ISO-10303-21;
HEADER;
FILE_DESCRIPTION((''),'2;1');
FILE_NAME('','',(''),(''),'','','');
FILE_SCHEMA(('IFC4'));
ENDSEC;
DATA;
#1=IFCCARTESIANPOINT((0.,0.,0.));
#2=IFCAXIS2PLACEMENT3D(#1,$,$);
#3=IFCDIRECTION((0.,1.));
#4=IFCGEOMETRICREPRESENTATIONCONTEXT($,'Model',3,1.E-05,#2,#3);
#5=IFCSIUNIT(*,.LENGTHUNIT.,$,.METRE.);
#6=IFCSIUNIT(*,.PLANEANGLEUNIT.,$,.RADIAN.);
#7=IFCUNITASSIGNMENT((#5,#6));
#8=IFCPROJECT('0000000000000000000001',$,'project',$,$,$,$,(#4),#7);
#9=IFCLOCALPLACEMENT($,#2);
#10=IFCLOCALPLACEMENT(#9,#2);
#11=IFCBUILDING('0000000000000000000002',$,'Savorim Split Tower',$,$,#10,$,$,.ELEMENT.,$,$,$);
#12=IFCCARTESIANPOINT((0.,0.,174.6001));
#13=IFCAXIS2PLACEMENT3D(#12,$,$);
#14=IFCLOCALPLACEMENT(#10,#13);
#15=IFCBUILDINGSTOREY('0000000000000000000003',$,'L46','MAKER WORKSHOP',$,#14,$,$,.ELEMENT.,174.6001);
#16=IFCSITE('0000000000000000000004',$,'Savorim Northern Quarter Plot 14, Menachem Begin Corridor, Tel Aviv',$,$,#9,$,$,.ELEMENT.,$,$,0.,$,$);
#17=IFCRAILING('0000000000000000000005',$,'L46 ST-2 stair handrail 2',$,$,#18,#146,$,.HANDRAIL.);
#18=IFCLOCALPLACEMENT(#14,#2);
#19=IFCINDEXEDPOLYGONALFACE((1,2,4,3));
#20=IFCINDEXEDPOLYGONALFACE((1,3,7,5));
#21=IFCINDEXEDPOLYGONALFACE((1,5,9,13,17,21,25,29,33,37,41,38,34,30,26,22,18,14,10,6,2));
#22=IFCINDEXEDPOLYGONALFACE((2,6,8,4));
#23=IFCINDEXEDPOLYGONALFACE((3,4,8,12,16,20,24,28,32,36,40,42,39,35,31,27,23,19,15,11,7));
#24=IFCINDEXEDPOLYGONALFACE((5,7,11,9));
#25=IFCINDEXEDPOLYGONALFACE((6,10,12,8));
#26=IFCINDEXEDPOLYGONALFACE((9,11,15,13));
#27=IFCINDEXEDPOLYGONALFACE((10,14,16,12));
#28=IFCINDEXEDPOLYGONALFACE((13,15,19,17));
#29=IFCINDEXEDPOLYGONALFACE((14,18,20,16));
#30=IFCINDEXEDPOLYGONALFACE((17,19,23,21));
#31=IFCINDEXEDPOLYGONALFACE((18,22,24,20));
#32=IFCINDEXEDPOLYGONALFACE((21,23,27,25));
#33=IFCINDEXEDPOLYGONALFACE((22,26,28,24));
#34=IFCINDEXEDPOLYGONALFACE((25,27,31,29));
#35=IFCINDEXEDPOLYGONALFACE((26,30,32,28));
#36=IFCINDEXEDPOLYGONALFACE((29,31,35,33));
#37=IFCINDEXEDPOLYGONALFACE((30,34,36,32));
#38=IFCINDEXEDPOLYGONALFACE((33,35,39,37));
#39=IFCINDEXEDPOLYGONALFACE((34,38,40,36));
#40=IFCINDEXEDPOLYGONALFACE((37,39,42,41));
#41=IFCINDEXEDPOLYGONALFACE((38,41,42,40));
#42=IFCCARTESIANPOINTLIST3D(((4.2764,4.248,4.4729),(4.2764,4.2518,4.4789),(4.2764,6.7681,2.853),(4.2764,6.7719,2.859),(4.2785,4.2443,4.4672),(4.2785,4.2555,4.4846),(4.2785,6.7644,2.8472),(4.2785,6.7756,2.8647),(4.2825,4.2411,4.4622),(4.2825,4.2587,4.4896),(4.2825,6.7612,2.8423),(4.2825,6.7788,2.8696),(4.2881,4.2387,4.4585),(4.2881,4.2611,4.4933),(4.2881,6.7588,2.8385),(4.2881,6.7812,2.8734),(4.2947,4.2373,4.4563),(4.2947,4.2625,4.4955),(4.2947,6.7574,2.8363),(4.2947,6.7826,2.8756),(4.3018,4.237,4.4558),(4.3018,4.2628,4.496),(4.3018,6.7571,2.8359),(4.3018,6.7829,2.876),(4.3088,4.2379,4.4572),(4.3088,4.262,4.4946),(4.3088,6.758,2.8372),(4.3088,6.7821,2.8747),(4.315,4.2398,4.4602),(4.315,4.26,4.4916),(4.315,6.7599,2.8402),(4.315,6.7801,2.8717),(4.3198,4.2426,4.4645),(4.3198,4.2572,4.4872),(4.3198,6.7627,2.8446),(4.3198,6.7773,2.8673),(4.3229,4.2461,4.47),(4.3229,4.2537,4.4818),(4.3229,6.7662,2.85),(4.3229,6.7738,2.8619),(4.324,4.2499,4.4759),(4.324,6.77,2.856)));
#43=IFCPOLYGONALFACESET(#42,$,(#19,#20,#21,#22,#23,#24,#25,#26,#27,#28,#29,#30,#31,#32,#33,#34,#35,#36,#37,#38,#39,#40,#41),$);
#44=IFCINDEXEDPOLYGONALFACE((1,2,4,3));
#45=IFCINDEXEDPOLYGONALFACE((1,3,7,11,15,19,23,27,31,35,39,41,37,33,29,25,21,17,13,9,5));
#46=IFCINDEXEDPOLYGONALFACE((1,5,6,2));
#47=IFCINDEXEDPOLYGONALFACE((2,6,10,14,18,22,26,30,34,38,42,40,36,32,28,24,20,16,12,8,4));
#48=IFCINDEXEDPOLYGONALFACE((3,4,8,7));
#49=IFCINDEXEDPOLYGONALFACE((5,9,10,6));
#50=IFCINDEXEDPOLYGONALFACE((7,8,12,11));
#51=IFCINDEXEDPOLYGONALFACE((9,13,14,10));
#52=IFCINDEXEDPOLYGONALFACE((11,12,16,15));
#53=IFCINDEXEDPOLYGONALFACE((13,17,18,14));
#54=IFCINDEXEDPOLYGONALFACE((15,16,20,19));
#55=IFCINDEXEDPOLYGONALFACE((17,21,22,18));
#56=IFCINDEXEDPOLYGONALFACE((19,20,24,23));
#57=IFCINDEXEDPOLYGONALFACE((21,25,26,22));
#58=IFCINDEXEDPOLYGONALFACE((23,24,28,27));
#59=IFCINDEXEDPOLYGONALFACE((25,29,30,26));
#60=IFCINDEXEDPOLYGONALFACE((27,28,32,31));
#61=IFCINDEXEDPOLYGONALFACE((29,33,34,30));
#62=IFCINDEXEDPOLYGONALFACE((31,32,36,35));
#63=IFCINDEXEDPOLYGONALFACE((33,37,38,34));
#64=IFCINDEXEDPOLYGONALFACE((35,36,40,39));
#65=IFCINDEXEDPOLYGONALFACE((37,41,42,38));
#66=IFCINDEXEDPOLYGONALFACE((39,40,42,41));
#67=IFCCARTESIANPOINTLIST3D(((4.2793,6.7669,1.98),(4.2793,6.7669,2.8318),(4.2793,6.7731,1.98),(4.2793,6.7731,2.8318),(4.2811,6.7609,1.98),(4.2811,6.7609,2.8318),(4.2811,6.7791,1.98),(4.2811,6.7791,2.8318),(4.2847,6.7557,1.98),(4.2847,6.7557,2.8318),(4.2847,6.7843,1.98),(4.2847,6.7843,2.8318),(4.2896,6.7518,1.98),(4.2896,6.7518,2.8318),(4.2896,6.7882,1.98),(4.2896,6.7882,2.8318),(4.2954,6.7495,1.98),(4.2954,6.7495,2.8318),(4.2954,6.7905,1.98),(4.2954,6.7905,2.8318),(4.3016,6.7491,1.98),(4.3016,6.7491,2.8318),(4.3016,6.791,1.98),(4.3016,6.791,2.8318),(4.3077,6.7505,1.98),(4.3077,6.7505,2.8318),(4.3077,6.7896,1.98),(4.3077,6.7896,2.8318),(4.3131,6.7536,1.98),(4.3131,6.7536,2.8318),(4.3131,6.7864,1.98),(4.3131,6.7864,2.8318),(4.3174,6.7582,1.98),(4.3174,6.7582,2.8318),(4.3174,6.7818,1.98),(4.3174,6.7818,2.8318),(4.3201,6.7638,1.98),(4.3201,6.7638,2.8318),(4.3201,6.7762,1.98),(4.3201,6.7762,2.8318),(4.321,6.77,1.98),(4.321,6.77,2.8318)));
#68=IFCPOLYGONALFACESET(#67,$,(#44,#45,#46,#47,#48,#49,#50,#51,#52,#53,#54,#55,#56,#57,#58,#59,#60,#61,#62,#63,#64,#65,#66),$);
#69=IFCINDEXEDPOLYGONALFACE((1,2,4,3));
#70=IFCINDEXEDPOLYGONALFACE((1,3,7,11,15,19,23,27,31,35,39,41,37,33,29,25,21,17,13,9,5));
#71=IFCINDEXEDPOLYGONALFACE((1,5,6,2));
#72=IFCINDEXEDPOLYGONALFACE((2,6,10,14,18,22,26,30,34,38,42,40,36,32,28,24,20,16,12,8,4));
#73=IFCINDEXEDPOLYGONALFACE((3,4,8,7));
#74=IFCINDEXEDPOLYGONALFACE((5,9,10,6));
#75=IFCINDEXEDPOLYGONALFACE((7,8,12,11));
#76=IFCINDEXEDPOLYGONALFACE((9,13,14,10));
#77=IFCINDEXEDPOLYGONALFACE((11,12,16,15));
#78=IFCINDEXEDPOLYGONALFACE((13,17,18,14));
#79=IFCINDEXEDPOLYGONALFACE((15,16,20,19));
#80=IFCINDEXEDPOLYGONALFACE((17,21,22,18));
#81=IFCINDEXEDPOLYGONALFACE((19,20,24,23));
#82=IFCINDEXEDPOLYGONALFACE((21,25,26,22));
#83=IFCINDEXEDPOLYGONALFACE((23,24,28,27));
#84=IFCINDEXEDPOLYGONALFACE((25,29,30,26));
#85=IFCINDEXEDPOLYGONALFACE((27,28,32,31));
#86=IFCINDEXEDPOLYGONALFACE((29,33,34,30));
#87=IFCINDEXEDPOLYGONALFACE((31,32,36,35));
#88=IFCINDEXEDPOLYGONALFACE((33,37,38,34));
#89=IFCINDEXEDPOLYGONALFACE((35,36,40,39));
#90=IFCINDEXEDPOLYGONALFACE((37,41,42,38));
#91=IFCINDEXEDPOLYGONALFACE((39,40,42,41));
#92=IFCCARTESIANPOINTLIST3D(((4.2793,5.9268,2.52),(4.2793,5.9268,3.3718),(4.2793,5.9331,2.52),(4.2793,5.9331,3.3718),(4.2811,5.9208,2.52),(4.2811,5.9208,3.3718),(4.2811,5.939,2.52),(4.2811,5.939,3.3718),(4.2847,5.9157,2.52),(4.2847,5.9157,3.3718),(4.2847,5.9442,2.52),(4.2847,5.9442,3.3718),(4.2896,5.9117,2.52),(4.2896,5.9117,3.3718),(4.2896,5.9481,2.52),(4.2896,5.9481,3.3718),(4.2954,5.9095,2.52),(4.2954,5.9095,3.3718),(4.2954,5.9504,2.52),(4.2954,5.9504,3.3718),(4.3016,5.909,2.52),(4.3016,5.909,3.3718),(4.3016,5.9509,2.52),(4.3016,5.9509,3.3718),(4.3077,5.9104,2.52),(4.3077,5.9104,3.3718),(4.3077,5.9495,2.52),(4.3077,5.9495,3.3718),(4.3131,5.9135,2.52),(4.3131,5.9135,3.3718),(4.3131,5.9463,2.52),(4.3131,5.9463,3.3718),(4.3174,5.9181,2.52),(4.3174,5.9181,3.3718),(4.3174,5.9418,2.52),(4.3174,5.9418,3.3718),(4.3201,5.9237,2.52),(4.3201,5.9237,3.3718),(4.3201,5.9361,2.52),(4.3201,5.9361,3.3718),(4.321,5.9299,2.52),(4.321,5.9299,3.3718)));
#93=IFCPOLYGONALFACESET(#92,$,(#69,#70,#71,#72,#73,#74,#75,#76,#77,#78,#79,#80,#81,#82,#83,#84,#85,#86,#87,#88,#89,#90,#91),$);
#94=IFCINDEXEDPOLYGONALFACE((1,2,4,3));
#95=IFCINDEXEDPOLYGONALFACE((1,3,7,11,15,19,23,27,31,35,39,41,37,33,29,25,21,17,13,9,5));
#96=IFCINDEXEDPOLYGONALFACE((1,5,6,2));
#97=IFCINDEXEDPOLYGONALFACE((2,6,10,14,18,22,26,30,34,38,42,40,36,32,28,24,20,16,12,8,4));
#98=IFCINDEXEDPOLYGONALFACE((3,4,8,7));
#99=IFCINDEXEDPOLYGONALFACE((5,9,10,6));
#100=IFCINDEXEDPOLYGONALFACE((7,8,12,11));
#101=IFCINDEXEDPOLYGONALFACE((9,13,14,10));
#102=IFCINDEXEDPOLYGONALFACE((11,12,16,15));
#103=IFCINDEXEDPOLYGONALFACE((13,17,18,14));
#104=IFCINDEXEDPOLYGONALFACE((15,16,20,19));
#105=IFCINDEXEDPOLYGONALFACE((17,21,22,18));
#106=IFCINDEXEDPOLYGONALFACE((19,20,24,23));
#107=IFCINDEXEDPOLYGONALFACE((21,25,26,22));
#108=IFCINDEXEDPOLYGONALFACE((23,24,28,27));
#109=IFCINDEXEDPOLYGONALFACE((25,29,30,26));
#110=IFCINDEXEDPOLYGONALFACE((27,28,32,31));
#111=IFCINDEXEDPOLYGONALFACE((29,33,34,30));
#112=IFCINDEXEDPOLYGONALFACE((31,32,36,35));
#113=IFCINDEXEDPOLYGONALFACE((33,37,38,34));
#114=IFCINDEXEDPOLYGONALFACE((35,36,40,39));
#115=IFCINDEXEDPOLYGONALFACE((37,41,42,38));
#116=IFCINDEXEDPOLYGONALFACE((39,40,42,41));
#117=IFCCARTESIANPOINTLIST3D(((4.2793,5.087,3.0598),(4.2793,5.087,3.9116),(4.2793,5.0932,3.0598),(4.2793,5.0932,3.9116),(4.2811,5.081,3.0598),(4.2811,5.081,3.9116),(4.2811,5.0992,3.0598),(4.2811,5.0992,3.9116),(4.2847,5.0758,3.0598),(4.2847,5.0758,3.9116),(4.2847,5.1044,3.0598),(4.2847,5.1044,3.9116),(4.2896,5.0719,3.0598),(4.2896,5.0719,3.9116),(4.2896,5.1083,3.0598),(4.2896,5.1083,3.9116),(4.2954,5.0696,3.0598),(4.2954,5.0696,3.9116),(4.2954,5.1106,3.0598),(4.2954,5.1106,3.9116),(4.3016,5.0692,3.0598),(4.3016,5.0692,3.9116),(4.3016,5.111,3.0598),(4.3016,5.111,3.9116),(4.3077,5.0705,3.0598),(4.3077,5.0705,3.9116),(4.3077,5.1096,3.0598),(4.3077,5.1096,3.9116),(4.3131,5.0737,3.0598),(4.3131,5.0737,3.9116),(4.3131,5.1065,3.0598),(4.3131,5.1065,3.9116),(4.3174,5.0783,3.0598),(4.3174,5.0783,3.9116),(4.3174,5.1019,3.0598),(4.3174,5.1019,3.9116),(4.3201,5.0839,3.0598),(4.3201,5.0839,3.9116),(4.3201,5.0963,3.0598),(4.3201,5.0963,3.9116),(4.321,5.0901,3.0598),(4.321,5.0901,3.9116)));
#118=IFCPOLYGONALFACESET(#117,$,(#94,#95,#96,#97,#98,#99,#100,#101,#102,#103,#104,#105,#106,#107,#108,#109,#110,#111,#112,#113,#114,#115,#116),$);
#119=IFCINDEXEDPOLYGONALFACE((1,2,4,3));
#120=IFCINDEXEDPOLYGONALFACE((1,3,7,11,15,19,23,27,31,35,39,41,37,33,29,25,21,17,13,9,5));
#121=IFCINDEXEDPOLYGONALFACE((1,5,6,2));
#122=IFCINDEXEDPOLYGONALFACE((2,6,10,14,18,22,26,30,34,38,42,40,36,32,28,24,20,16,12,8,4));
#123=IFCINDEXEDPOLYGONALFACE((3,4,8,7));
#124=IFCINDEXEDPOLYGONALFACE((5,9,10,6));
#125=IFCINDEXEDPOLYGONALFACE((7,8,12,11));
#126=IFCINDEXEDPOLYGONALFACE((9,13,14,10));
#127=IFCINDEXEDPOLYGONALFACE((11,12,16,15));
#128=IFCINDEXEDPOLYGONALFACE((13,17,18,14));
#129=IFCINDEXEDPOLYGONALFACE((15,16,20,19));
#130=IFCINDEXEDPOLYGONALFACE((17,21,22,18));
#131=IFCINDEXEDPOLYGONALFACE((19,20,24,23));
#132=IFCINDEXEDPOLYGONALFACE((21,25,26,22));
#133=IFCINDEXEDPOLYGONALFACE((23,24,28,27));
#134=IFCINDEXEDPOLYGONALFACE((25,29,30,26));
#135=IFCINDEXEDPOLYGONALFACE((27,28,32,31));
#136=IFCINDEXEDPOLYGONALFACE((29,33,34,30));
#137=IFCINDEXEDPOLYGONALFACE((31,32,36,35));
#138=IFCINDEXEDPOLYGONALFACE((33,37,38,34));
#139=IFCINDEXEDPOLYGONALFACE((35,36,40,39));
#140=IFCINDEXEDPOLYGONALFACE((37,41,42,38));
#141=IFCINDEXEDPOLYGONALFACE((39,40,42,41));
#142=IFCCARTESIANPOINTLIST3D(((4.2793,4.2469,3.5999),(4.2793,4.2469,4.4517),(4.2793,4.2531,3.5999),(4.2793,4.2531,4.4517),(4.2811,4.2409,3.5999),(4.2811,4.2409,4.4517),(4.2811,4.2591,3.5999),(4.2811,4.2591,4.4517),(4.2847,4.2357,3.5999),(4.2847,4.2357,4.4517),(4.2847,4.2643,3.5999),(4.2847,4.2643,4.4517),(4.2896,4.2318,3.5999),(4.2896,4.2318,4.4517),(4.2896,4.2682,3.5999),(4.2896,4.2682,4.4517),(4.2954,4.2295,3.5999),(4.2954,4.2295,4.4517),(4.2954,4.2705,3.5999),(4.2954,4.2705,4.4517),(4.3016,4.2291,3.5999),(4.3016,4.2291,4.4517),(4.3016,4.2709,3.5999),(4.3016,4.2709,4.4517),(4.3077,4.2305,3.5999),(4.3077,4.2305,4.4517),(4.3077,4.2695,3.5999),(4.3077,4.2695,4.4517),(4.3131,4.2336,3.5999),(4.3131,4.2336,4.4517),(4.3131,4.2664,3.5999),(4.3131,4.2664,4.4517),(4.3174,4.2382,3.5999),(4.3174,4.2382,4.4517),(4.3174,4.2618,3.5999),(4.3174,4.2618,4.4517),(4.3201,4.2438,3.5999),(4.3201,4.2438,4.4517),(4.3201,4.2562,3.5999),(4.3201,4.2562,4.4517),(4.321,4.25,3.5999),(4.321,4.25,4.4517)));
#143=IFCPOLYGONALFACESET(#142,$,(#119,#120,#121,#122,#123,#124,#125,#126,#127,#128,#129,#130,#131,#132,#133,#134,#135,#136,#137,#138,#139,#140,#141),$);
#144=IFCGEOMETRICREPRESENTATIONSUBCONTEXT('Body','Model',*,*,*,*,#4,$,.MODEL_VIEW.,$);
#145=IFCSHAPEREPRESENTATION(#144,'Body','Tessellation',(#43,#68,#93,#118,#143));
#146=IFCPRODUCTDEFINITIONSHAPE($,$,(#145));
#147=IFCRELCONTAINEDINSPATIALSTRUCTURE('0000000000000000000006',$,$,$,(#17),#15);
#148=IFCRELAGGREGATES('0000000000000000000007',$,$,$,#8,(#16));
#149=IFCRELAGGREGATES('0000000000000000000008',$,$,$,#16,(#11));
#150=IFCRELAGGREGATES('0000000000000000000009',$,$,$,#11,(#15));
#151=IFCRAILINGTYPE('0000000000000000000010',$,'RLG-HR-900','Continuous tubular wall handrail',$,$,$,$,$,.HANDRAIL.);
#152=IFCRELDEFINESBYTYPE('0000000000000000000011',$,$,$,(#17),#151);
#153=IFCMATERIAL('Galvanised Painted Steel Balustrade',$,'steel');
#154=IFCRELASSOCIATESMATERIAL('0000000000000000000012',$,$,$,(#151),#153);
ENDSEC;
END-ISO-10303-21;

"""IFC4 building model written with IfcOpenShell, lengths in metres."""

from ifc_helpers import new_model, si_unit, direction, frame, origin, origin_2d, place, context, subcontext, project, spatial, circle, extrude, material, type_object, element, save


model = new_model("IFC4")

# Units and contexts
model_context = context("Model", 3, precision=1e-05, world=origin(), true_north=direction((0.0, 1.0)))
body_context = subcontext(model_context, "Body", "Model", "MODEL_VIEW")
ifc_project = project(units=[si_unit("LENGTHUNIT", "METRE"), si_unit("PLANEANGLEUNIT", "RADIAN")], contexts=[model_context])

# Site, building, storey
site_placement = place(None, origin())
site = spatial("IfcSite", under=ifc_project, at=site_placement, Name="Savorim Northern Quarter Plot 14, Menachem Begin Corridor, Tel Aviv", CompositionType="ELEMENT", RefElevation=0.0)
building_placement = place(site_placement, origin())
building = spatial("IfcBuilding", under=site, at=building_placement, Name="Savorim Split Tower", CompositionType="ELEMENT")
storey_placement = place(building_placement, frame((0.0, 0.0, 174.6001)))
storey = spatial("IfcBuildingStorey", under=building, at=storey_placement, Name="L46", Description="MAKER WORKSHOP", CompositionType="ELEMENT", Elevation=174.6001)

# Railing
ifc_material_1 = material(Name="Galvanised Painted Steel Balustrade", Category="steel")
railing_type_1 = type_object("IfcRailingType", Name="RLG-HR-900", Description="Continuous tubular wall handrail", PredefinedType="HANDRAIL", material=ifc_material_1)
railing_1_placement = place(storey_placement, frame((4.3, 6.77, 1.98)))
element("IfcRailing", 1, at=railing_1_placement, inside=storey, type_object=railing_type_1, Name="L46 ST-2 stair handrail 2", PredefinedType="HANDRAIL", context=body_context, shape_type="SweptSolid", body=[
    extrude(circle(Radius=0.0239, at=origin_2d()), frame((0.0, 0.0, 0.876), z_axis=(0.0, -0.8412, 0.540725), x_axis=(1.0, 0.0, 0.0)), (0.0, 0.0, 1.0), 2.9958),
    extrude(circle(Radius=0.021, at=origin_2d()), origin(), (0.0, 0.0, 1.0), 0.8518),
    extrude(circle(Radius=0.021, at=origin_2d()), frame((0.0, -0.8401, 0.54)), (0.0, 0.0, 1.0), 0.8518),
    extrude(circle(Radius=0.021, at=origin_2d()), frame((0.0, -1.6799, 1.0798)), (0.0, 0.0, 1.0), 0.8518),
    extrude(circle(Radius=0.021, at=origin_2d()), frame((0.0, -2.52, 1.6199)), (0.0, 0.0, 1.0), 0.8518),
])

save(model, "model.ifc")
